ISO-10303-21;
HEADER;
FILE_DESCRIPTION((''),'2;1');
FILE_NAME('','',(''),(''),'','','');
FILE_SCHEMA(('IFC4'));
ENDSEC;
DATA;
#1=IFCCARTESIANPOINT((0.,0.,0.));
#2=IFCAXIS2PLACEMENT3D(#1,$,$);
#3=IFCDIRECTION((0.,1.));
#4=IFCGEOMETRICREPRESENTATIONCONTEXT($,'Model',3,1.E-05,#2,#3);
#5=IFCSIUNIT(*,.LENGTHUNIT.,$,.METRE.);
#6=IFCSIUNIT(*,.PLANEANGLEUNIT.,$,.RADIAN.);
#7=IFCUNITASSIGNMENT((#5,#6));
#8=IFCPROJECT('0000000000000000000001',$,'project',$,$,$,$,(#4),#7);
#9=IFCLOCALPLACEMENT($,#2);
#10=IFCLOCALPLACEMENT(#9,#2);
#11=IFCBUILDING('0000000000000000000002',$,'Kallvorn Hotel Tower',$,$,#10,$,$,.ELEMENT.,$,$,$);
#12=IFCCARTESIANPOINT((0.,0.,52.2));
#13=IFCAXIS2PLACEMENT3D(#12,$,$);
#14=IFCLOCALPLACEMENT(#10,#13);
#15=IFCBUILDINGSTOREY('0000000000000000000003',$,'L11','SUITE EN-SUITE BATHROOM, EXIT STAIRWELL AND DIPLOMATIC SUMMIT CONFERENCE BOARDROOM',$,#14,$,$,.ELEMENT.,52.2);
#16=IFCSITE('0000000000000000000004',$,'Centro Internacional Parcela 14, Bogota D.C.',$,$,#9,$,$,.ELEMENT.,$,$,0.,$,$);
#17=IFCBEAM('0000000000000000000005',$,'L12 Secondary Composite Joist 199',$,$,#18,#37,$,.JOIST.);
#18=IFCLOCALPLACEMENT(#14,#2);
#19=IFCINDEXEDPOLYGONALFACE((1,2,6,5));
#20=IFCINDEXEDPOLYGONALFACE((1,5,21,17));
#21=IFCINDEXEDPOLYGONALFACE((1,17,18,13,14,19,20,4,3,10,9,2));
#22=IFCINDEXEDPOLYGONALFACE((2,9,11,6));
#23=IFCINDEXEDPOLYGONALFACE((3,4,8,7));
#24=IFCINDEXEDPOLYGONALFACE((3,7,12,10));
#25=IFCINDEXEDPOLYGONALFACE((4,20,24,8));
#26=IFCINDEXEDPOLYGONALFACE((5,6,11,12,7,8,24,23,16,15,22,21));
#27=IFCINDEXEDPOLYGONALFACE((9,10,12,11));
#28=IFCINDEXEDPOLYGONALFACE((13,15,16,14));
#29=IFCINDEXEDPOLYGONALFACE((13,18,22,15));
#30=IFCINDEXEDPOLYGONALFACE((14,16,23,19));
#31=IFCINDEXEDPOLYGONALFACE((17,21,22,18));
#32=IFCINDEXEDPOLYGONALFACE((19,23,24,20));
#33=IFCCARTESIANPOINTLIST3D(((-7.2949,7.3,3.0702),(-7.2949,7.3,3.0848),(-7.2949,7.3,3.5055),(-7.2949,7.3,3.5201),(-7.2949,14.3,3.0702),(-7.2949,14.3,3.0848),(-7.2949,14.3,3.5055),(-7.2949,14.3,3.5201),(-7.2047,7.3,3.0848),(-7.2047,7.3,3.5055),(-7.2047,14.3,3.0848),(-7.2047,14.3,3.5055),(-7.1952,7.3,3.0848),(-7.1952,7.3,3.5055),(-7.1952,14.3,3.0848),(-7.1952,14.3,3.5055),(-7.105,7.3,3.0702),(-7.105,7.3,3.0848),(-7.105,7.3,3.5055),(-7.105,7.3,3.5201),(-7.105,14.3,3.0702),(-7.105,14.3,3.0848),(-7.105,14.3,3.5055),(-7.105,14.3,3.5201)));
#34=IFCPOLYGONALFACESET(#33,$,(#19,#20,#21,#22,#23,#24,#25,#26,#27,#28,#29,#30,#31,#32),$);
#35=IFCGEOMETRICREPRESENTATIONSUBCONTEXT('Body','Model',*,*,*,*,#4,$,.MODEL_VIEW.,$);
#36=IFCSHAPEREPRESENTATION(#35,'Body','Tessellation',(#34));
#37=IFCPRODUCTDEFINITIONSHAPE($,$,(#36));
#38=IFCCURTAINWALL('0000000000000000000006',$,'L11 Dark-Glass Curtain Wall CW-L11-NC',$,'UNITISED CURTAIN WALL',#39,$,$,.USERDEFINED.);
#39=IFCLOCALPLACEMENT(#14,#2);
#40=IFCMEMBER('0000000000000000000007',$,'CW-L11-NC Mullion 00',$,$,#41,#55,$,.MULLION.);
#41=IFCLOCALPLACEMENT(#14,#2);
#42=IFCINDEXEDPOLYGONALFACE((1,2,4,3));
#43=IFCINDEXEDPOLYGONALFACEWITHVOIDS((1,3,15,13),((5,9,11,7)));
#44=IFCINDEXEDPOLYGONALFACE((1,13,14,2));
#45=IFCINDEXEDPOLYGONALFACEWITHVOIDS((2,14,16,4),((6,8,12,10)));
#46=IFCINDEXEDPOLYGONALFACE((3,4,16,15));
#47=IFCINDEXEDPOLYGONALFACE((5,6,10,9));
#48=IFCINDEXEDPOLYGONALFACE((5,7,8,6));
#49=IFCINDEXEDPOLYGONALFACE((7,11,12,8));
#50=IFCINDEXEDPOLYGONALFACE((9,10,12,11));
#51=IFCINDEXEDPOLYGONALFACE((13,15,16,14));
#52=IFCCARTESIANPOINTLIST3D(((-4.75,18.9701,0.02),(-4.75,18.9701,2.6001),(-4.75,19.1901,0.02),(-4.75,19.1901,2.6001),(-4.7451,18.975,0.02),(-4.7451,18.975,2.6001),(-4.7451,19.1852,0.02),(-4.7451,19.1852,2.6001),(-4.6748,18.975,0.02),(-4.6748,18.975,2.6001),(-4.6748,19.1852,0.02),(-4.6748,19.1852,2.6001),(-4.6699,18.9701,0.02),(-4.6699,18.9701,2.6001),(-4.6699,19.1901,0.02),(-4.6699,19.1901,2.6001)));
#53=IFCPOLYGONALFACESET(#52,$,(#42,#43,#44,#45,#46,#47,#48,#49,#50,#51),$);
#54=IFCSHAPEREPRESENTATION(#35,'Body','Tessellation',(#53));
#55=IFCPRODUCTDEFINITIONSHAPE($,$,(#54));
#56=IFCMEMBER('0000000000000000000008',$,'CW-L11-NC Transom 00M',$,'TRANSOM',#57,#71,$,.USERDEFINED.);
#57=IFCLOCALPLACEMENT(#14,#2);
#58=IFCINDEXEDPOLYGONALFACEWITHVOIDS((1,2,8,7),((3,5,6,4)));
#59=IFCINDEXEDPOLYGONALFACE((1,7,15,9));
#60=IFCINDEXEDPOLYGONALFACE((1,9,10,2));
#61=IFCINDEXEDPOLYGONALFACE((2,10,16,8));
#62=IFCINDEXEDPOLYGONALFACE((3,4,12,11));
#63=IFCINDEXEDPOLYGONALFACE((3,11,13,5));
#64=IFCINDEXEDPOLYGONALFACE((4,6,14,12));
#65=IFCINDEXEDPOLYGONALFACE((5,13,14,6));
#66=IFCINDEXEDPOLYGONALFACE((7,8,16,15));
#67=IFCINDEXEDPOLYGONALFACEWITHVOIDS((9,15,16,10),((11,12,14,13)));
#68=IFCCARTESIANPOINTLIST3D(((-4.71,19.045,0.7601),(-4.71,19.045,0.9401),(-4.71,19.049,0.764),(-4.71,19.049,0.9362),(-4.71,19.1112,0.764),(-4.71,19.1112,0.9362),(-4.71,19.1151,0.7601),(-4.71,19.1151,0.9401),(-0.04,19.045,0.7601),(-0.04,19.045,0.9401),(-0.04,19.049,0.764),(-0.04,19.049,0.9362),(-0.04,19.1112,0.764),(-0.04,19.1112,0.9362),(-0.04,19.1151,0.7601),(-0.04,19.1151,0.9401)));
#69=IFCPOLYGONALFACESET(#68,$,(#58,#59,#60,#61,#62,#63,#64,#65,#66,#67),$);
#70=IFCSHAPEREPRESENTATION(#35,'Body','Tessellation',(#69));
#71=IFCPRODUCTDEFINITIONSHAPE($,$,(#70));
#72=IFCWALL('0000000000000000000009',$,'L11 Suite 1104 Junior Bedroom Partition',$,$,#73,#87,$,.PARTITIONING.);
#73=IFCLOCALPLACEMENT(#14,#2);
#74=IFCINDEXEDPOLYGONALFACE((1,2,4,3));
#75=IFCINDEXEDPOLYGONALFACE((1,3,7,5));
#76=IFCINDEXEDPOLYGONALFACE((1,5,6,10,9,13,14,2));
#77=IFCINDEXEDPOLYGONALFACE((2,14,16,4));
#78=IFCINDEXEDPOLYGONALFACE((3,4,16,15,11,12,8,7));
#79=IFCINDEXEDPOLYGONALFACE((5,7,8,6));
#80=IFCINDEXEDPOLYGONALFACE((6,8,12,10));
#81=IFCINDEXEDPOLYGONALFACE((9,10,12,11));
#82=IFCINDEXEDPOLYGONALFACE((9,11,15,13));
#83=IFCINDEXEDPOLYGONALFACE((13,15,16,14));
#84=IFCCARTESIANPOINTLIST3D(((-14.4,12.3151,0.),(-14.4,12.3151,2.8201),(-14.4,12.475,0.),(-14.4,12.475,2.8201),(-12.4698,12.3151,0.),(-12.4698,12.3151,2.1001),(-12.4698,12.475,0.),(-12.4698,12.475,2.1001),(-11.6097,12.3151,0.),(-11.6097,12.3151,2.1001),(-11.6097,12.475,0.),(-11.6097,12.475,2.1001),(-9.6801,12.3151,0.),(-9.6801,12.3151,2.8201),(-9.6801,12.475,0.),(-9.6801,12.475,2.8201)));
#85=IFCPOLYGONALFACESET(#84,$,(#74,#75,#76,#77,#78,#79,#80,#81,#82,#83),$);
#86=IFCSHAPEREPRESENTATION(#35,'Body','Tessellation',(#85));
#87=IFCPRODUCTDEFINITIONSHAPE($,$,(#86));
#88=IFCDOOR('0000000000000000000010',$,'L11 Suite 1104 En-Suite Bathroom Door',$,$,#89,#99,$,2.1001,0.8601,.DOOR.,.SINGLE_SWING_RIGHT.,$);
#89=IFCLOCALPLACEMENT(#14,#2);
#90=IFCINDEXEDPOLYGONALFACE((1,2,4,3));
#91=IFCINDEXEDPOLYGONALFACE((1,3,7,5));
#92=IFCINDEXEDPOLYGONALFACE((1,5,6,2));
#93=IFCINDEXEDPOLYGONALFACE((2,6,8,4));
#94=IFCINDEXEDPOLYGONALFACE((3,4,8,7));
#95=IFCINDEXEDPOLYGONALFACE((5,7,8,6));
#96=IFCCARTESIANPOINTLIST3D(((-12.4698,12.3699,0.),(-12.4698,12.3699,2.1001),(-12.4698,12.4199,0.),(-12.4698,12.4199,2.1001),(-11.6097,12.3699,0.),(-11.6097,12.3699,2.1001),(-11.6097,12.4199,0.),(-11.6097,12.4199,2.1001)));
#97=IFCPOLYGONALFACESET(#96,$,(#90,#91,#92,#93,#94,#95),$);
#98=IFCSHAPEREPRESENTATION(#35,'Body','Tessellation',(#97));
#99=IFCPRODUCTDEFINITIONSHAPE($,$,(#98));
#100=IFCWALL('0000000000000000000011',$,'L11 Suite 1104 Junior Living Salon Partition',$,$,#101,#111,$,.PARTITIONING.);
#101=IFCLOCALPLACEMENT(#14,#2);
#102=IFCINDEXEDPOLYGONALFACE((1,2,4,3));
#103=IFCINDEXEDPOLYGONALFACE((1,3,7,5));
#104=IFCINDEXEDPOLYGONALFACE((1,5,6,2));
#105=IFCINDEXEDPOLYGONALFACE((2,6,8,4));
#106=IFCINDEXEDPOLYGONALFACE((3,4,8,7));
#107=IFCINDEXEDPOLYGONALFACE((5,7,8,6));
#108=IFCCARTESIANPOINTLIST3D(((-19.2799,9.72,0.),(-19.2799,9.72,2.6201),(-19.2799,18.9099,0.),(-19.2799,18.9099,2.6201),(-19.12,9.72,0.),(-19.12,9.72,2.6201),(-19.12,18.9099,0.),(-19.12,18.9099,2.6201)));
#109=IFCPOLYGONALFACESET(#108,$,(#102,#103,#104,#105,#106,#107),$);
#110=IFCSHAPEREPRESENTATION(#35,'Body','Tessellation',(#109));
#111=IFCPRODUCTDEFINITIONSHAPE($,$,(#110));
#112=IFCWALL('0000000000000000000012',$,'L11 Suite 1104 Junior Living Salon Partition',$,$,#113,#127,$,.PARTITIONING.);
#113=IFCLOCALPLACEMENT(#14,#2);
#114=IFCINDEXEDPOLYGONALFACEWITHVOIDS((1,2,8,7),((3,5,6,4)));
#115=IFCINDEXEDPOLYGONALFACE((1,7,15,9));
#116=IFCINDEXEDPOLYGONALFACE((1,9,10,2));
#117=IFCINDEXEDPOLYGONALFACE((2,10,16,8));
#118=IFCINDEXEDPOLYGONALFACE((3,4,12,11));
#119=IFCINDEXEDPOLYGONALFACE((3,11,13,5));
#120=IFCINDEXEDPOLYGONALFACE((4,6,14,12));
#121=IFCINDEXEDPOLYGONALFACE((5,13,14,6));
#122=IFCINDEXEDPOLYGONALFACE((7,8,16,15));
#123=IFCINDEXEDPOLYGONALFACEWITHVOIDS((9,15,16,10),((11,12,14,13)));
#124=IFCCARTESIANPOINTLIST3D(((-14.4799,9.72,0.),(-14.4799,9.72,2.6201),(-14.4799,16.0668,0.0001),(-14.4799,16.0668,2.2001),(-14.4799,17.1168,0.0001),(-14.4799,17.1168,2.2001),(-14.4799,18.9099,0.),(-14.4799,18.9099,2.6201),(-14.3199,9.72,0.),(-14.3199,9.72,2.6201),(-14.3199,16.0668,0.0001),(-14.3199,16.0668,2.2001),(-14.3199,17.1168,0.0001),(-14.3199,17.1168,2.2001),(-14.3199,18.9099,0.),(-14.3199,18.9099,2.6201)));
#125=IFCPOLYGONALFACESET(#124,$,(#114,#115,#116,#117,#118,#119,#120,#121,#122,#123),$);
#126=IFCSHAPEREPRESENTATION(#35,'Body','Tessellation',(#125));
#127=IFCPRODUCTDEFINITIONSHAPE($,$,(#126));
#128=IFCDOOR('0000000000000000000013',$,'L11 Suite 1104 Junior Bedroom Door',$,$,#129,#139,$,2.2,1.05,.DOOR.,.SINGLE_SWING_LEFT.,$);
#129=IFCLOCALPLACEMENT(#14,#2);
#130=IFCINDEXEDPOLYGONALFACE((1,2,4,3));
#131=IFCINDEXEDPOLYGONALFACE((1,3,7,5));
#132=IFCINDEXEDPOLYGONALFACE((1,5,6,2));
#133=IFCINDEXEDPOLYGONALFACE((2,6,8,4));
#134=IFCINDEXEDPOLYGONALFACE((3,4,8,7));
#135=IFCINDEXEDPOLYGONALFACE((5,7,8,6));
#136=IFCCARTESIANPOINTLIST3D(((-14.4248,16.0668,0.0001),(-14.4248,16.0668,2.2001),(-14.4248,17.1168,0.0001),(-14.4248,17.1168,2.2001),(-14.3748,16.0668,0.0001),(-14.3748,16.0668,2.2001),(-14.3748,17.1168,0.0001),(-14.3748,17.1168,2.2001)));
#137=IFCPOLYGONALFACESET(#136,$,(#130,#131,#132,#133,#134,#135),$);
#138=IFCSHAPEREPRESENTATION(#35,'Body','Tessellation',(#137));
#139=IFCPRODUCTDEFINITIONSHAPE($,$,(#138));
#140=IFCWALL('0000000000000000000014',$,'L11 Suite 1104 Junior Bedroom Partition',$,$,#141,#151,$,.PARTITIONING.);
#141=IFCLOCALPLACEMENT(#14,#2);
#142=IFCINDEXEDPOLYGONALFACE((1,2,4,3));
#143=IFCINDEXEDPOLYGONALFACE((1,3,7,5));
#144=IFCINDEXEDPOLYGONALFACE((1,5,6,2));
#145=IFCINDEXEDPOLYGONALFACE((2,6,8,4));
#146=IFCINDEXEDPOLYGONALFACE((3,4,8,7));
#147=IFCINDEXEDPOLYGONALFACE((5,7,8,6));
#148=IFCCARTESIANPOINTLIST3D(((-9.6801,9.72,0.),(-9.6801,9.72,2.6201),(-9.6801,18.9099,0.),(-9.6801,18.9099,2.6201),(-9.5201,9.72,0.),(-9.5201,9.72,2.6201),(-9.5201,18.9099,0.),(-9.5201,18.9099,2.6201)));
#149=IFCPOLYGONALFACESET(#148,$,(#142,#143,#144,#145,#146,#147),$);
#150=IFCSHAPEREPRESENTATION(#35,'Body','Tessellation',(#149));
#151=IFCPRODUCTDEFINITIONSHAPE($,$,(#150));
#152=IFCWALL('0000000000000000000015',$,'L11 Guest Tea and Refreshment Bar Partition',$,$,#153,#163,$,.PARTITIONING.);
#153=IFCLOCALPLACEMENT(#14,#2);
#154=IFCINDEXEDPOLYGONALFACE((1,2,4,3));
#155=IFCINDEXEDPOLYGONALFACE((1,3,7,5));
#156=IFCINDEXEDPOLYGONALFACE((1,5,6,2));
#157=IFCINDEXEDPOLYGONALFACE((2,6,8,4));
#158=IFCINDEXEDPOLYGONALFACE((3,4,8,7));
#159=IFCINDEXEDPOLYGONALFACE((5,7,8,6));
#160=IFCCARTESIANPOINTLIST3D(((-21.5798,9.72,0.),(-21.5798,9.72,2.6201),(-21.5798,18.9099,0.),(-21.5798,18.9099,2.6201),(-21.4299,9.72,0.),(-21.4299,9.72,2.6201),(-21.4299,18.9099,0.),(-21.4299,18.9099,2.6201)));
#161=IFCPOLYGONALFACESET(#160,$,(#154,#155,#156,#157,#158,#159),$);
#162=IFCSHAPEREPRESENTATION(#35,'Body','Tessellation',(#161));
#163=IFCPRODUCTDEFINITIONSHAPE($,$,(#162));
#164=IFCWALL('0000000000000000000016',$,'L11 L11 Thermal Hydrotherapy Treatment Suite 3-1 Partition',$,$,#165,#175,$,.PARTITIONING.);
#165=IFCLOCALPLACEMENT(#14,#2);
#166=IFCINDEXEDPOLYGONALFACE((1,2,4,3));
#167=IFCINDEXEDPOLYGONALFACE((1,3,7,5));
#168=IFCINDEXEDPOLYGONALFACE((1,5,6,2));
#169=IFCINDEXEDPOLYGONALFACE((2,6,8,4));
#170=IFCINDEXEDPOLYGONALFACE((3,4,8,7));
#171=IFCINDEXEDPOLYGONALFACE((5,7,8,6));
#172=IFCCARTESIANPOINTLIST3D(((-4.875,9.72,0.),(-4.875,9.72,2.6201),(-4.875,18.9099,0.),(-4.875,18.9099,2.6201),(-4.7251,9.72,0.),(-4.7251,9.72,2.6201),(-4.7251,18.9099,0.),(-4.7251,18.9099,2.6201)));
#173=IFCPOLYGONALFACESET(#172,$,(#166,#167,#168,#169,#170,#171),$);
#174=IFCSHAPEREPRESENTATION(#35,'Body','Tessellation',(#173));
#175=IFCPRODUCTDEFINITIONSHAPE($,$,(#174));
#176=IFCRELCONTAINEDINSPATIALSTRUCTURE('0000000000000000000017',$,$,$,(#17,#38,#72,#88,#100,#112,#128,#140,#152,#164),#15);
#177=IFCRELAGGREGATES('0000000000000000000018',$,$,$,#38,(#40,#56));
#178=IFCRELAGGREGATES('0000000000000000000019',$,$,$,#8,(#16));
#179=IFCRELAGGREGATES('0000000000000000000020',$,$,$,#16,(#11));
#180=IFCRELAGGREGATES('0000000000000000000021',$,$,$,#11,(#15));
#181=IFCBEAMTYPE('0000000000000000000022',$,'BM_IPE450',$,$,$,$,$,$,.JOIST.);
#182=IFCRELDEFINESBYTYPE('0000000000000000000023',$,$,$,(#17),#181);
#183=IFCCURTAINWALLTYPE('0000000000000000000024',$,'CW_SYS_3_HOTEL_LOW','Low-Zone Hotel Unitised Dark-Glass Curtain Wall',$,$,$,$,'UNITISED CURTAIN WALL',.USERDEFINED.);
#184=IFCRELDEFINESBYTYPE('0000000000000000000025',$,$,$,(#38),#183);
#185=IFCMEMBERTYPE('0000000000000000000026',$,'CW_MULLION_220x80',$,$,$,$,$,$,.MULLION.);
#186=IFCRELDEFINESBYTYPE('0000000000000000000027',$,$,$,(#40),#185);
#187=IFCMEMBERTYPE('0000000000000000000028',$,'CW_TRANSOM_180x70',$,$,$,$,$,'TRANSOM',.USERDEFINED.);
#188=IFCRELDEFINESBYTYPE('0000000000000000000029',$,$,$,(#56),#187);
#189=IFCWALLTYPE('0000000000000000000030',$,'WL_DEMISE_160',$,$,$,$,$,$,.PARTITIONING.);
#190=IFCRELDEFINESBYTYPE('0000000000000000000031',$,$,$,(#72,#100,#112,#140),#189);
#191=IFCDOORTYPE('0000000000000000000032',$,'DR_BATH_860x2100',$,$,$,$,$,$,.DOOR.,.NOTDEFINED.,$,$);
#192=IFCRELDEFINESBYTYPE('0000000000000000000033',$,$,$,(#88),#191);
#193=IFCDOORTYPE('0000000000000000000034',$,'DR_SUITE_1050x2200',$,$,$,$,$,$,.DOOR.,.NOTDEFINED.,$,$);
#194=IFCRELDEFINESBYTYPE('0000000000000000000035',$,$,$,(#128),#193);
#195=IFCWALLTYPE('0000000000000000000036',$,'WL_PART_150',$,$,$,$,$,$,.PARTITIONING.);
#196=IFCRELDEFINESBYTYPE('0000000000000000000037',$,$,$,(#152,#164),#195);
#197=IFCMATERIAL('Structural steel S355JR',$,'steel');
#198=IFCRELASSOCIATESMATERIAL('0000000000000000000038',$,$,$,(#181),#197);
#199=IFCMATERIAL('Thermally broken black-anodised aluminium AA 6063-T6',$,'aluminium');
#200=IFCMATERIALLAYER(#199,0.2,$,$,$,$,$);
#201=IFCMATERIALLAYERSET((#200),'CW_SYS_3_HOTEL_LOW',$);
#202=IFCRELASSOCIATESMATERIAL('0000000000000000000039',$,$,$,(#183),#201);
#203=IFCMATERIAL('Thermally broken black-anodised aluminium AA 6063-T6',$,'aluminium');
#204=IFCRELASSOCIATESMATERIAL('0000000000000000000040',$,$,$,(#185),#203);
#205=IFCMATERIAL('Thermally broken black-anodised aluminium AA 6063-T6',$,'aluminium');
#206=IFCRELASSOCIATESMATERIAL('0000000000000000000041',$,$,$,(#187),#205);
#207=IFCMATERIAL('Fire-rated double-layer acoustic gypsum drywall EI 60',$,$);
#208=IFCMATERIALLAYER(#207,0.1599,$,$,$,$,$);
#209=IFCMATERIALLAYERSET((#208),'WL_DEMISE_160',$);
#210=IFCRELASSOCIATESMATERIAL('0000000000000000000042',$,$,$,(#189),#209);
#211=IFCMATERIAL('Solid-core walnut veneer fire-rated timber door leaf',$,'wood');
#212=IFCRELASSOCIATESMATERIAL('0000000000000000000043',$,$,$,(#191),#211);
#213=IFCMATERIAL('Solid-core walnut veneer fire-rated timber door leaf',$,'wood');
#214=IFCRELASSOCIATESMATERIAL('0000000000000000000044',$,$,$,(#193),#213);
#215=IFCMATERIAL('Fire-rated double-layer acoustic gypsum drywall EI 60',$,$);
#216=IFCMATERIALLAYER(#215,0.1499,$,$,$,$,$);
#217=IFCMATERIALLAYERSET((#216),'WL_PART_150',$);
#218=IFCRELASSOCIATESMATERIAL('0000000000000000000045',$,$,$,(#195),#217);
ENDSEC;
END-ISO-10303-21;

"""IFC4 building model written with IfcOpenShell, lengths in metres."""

from ifc_helpers import new_model, si_unit, direction, frame, frame_2d, origin, origin_2d, place, context, subcontext, project, spatial, rectangle, hollow_rectangle, i_section, extrude, material, layer, layer_set, material_profile, profile_set, type_object, element, fill, aggregate, save


model = new_model("IFC4")

# Units and contexts
model_context = context("Model", 3, precision=1e-05, world=origin(), true_north=direction((0.0, 1.0)))
body_context = subcontext(model_context, "Body", "Model", "MODEL_VIEW")
ifc_project = project(units=[si_unit("LENGTHUNIT", "METRE"), si_unit("PLANEANGLEUNIT", "RADIAN")], contexts=[model_context])

# Site, building, storey
site_placement = place(None, origin())
site = spatial("IfcSite", under=ifc_project, at=site_placement, Name="Centro Internacional Parcela 14, Bogota D.C.", CompositionType="ELEMENT", RefElevation=0.0)
building_placement = place(site_placement, origin())
building = spatial("IfcBuilding", under=site, at=building_placement, Name="Kallvorn Hotel Tower", CompositionType="ELEMENT")
storey_placement = place(building_placement, frame((0.0, 0.0, 52.2)))
storey = spatial("IfcBuildingStorey", under=building, at=storey_placement, Name="L11", Description="SUITE EN-SUITE BATHROOM, EXIT STAIRWELL AND DIPLOMATIC SUMMIT CONFERENCE BOARDROOM", CompositionType="ELEMENT", Elevation=52.2)

# Beam
ifc_material_1 = material(Name="Structural steel S355JR", Category="steel")
ifc_material_profile_1 = material_profile(ifc_material_1, i_section(OverallWidth=0.1899, OverallDepth=0.45, WebThickness=0.0095, FlangeThickness=0.0146, at=origin_2d()), Name="IPE 450")
ifc_profile_set_1 = profile_set([ifc_material_profile_1], Name="Structural steel S355JR")
beam_type_1 = type_object("IfcBeamType", Name="BM_IPE450", PredefinedType="JOIST", material=ifc_profile_set_1)
beam_1_placement = place(storey_placement, frame((-7.2, 7.3, 3.2952), z_axis=(0.0, 1.0, 0.0), x_axis=(-1.0, 0.0, 0.0)))
element("IfcBeam", 1, at=beam_1_placement, inside=storey, type_object=beam_type_1, Name="L12 Secondary Composite Joist 199", PredefinedType="JOIST", context=body_context, shape_type="SweptSolid", body=[
    extrude(i_section(OverallWidth=0.1899, OverallDepth=0.45, WebThickness=0.0095, FlangeThickness=0.0146, at=origin_2d()), origin(), (0.0, 0.0, 1.0), 7.0),
])

# Curtain wall, members
ifc_material_2 = material(Name="Thermally broken black-anodised aluminium AA 6063-T6", Category="aluminium")
ifc_layer_1 = layer(ifc_material_2, 0.2)
ifc_layer_set_1 = layer_set([ifc_layer_1], Name="CW_SYS_3_HOTEL_LOW")
curtain_wall_type = type_object("IfcCurtainWallType", Name="CW_SYS_3_HOTEL_LOW", Description="Low-Zone Hotel Unitised Dark-Glass Curtain Wall", ElementType="UNITISED CURTAIN WALL", PredefinedType="USERDEFINED", material=ifc_layer_set_1)
curtain_wall_placement = place(storey_placement, origin())
curtain_wall = element("IfcCurtainWall", 2, at=curtain_wall_placement, inside=storey, type_object=curtain_wall_type, Name="L11 Dark-Glass Curtain Wall CW-L11-NC", ObjectType="UNITISED CURTAIN WALL", PredefinedType="USERDEFINED")
ifc_material_3 = material(Name="Thermally broken black-anodised aluminium AA 6063-T6", Category="aluminium")
ifc_material_profile_2 = material_profile(ifc_material_3, hollow_rectangle(XDim=0.0801, YDim=0.22, WallThickness=0.0049, at=origin_2d()), Name="MUL 220x80")
ifc_profile_set_2 = profile_set([ifc_material_profile_2], Name="Thermally broken black-anodised aluminium AA 6063-T6")
member_type_1 = type_object("IfcMemberType", Name="CW_MULLION_220x80", PredefinedType="MULLION", material=ifc_profile_set_2)
member_1_placement = place(storey_placement, frame((-4.71, 19.0801, 0.02), z_axis=(0.0, 0.0, 1.0), x_axis=(1.0, 0.0, 0.0)))
member_1 = element("IfcMember", 3, at=member_1_placement, type_object=member_type_1, Name="CW-L11-NC Mullion 00", PredefinedType="MULLION", context=body_context, shape_type="SweptSolid", body=[
    extrude(hollow_rectangle(XDim=0.0801, YDim=0.22, WallThickness=0.0049, at=origin_2d()), origin(), (0.0, 0.0, 1.0), 2.5801),
])
ifc_material_4 = material(Name="Thermally broken black-anodised aluminium AA 6063-T6", Category="aluminium")
ifc_material_profile_3 = material_profile(ifc_material_4, hollow_rectangle(XDim=0.0701, YDim=0.1799, WallThickness=0.0039, at=origin_2d()), Name="TRN 180x70")
ifc_profile_set_3 = profile_set([ifc_material_profile_3], Name="Thermally broken black-anodised aluminium AA 6063-T6")
member_type_2 = type_object("IfcMemberType", Name="CW_TRANSOM_180x70", ElementType="TRANSOM", PredefinedType="USERDEFINED", material=ifc_profile_set_3)
member_2_placement = place(storey_placement, frame((-4.71, 19.0801, 0.8501), z_axis=(1.0, 0.0, 0.0), x_axis=(0.0, 1.0, 0.0)))
member_2 = element("IfcMember", 4, at=member_2_placement, type_object=member_type_2, Name="CW-L11-NC Transom 00M", ObjectType="TRANSOM", PredefinedType="USERDEFINED", context=body_context, shape_type="SweptSolid", body=[
    extrude(hollow_rectangle(XDim=0.0701, YDim=0.1799, WallThickness=0.0039, at=origin_2d()), origin(), (0.0, 0.0, 1.0), 4.6699),
])
aggregate(curtain_wall, [member_1, member_2])

# Wall, opening, door
ifc_material_5 = material(Name="Fire-rated double-layer acoustic gypsum drywall EI 60")
ifc_layer_2 = layer(ifc_material_5, 0.1599)
ifc_layer_set_2 = layer_set([ifc_layer_2], Name="WL_DEMISE_160")
wall_type_1 = type_object("IfcWallType", Name="WL_DEMISE_160", PredefinedType="PARTITIONING", material=ifc_layer_set_2)
wall_1_placement = place(storey_placement, frame((-14.3999, 12.395, 0.0), z_axis=(0.0, 0.0, 1.0), x_axis=(1.0, 0.0, 0.0)))
wall_1 = element("IfcWall", 5, at=wall_1_placement, inside=storey, type_object=wall_type_1, Name="L11 Suite 1104 Junior Bedroom Partition", PredefinedType="PARTITIONING", context=body_context, shape_type="SweptSolid", body=[
    extrude(rectangle(XDim=4.72, YDim=0.1599, at=frame_2d((2.3599, 0.0))), origin(), (0.0, 0.0, 1.0), 2.8201),
])
opening_1_placement = place(wall_1_placement, frame((1.9299, 0.0, 0.0)))
opening_1 = element("IfcOpeningElement", 6, at=opening_1_placement, cuts=wall_1, PredefinedType="OPENING", context=body_context, shape_type="SweptSolid", body=[
    extrude(rectangle(XDim=0.8601, YDim=2.1001, at=frame_2d((0.4302, 1.05))), frame((0.0, 0.095, 0.0), z_axis=(0.0, -1.0, 0.0), x_axis=(1.0, 0.0, 0.0)), (0.0, 0.0, 1.0), 0.1899),
])
ifc_material_6 = material(Name="Solid-core walnut veneer fire-rated timber door leaf", Category="wood")
door_type_1 = type_object("IfcDoorType", Name="DR_BATH_860x2100", OperationType="NOTDEFINED", PredefinedType="DOOR", material=ifc_material_6)
door_1_placement = place(opening_1_placement, origin())
door_1 = element("IfcDoor", 7, at=door_1_placement, inside=storey, type_object=door_type_1, Name="L11 Suite 1104 En-Suite Bathroom Door", OperationType="SINGLE_SWING_RIGHT", OverallHeight=2.1001, OverallWidth=0.8601, PredefinedType="DOOR", context=body_context, shape_type="SweptSolid", body=[
    extrude(rectangle(XDim=0.8601, YDim=2.1001, at=frame_2d((0.4302, 1.05))), frame((0.0, 0.0249, 0.0), z_axis=(0.0, -1.0, 0.0), x_axis=(1.0, 0.0, 0.0)), (0.0, 0.0, 1.0), 0.05),
])
fill(opening_1, door_1)

# Wall
wall_2_placement = place(storey_placement, frame((-19.2, 9.72, 0.0), z_axis=(0.0, 0.0, 1.0), x_axis=(0.0, 1.0, 0.0)))
element("IfcWall", 8, at=wall_2_placement, inside=storey, type_object=wall_type_1, Name="L11 Suite 1104 Junior Living Salon Partition", PredefinedType="PARTITIONING", context=body_context, shape_type="SweptSolid", body=[
    extrude(rectangle(XDim=9.1899, YDim=0.1599, at=frame_2d((4.595, 0.0))), origin(), (0.0, 0.0, 1.0), 2.6201),
])

# Wall, opening, door
wall_3_placement = place(storey_placement, frame((-14.3999, 9.72, 0.0), z_axis=(0.0, 0.0, 1.0), x_axis=(0.0, 1.0, 0.0)))
wall_3 = element("IfcWall", 9, at=wall_3_placement, inside=storey, type_object=wall_type_1, Name="L11 Suite 1104 Junior Living Salon Partition", PredefinedType="PARTITIONING", context=body_context, shape_type="SweptSolid", body=[
    extrude(rectangle(XDim=9.1899, YDim=0.1599, at=frame_2d((4.595, 0.0))), origin(), (0.0, 0.0, 1.0), 2.6201),
])
opening_2_placement = place(wall_3_placement, frame((6.3469, 0.0, 0.0)))
opening_2 = element("IfcOpeningElement", 10, at=opening_2_placement, cuts=wall_3, PredefinedType="OPENING", context=body_context, shape_type="SweptSolid", body=[
    extrude(rectangle(XDim=1.05, YDim=2.2, at=frame_2d((0.5249, 1.1001))), frame((0.0, 0.095, 0.0), z_axis=(0.0, -1.0, 0.0), x_axis=(1.0, 0.0, 0.0)), (0.0, 0.0, 1.0), 0.1899),
])
ifc_material_7 = material(Name="Solid-core walnut veneer fire-rated timber door leaf", Category="wood")
door_type_2 = type_object("IfcDoorType", Name="DR_SUITE_1050x2200", OperationType="NOTDEFINED", PredefinedType="DOOR", material=ifc_material_7)
door_2_placement = place(opening_2_placement, origin())
door_2 = element("IfcDoor", 11, at=door_2_placement, inside=storey, type_object=door_type_2, Name="L11 Suite 1104 Junior Bedroom Door", OperationType="SINGLE_SWING_LEFT", OverallHeight=2.2, OverallWidth=1.05, PredefinedType="DOOR", context=body_context, shape_type="SweptSolid", body=[
    extrude(rectangle(XDim=1.05, YDim=2.2, at=frame_2d((0.5249, 1.1001))), frame((0.0, 0.0249, 0.0), z_axis=(0.0, -1.0, 0.0), x_axis=(1.0, 0.0, 0.0)), (0.0, 0.0, 1.0), 0.05),
])
fill(opening_2, door_2)

# Walls
wall_4_placement = place(storey_placement, frame((-9.6001, 9.72, 0.0), z_axis=(0.0, 0.0, 1.0), x_axis=(0.0, 1.0, 0.0)))
element("IfcWall", 12, at=wall_4_placement, inside=storey, type_object=wall_type_1, Name="L11 Suite 1104 Junior Bedroom Partition", PredefinedType="PARTITIONING", context=body_context, shape_type="SweptSolid", body=[
    extrude(rectangle(XDim=9.1899, YDim=0.1599, at=frame_2d((4.595, 0.0))), origin(), (0.0, 0.0, 1.0), 2.6201),
])
ifc_material_8 = material(Name="Fire-rated double-layer acoustic gypsum drywall EI 60")
ifc_layer_3 = layer(ifc_material_8, 0.1499)
ifc_layer_set_3 = layer_set([ifc_layer_3], Name="WL_PART_150")
wall_type_2 = type_object("IfcWallType", Name="WL_PART_150", PredefinedType="PARTITIONING", material=ifc_layer_set_3)
for number, where, z_axis, x_axis, name in (
    (13, (-21.5049, 9.72, 0.0), (0.0, 0.0, 1.0), (0.0, 1.0, 0.0), "L11 Guest Tea and Refreshment Bar Partition"),
    (14, (-4.8, 9.72, 0.0), (0.0, 0.0, 1.0), (0.0, 1.0, 0.0), "L11 L11 Thermal Hydrotherapy Treatment Suite 3-1 Partition"),
):
    element("IfcWall", number, at=place(storey_placement, frame(where, z_axis=z_axis, x_axis=x_axis)), inside=storey, type_object=wall_type_2, Name=name, PredefinedType="PARTITIONING", context=body_context, shape_type="SweptSolid", body=[
        extrude(rectangle(XDim=9.1899, YDim=0.1499, at=frame_2d((4.595, 0.0))), origin(), (0.0, 0.0, 1.0), 2.6201),
    ])

save(model, "model.ifc")
